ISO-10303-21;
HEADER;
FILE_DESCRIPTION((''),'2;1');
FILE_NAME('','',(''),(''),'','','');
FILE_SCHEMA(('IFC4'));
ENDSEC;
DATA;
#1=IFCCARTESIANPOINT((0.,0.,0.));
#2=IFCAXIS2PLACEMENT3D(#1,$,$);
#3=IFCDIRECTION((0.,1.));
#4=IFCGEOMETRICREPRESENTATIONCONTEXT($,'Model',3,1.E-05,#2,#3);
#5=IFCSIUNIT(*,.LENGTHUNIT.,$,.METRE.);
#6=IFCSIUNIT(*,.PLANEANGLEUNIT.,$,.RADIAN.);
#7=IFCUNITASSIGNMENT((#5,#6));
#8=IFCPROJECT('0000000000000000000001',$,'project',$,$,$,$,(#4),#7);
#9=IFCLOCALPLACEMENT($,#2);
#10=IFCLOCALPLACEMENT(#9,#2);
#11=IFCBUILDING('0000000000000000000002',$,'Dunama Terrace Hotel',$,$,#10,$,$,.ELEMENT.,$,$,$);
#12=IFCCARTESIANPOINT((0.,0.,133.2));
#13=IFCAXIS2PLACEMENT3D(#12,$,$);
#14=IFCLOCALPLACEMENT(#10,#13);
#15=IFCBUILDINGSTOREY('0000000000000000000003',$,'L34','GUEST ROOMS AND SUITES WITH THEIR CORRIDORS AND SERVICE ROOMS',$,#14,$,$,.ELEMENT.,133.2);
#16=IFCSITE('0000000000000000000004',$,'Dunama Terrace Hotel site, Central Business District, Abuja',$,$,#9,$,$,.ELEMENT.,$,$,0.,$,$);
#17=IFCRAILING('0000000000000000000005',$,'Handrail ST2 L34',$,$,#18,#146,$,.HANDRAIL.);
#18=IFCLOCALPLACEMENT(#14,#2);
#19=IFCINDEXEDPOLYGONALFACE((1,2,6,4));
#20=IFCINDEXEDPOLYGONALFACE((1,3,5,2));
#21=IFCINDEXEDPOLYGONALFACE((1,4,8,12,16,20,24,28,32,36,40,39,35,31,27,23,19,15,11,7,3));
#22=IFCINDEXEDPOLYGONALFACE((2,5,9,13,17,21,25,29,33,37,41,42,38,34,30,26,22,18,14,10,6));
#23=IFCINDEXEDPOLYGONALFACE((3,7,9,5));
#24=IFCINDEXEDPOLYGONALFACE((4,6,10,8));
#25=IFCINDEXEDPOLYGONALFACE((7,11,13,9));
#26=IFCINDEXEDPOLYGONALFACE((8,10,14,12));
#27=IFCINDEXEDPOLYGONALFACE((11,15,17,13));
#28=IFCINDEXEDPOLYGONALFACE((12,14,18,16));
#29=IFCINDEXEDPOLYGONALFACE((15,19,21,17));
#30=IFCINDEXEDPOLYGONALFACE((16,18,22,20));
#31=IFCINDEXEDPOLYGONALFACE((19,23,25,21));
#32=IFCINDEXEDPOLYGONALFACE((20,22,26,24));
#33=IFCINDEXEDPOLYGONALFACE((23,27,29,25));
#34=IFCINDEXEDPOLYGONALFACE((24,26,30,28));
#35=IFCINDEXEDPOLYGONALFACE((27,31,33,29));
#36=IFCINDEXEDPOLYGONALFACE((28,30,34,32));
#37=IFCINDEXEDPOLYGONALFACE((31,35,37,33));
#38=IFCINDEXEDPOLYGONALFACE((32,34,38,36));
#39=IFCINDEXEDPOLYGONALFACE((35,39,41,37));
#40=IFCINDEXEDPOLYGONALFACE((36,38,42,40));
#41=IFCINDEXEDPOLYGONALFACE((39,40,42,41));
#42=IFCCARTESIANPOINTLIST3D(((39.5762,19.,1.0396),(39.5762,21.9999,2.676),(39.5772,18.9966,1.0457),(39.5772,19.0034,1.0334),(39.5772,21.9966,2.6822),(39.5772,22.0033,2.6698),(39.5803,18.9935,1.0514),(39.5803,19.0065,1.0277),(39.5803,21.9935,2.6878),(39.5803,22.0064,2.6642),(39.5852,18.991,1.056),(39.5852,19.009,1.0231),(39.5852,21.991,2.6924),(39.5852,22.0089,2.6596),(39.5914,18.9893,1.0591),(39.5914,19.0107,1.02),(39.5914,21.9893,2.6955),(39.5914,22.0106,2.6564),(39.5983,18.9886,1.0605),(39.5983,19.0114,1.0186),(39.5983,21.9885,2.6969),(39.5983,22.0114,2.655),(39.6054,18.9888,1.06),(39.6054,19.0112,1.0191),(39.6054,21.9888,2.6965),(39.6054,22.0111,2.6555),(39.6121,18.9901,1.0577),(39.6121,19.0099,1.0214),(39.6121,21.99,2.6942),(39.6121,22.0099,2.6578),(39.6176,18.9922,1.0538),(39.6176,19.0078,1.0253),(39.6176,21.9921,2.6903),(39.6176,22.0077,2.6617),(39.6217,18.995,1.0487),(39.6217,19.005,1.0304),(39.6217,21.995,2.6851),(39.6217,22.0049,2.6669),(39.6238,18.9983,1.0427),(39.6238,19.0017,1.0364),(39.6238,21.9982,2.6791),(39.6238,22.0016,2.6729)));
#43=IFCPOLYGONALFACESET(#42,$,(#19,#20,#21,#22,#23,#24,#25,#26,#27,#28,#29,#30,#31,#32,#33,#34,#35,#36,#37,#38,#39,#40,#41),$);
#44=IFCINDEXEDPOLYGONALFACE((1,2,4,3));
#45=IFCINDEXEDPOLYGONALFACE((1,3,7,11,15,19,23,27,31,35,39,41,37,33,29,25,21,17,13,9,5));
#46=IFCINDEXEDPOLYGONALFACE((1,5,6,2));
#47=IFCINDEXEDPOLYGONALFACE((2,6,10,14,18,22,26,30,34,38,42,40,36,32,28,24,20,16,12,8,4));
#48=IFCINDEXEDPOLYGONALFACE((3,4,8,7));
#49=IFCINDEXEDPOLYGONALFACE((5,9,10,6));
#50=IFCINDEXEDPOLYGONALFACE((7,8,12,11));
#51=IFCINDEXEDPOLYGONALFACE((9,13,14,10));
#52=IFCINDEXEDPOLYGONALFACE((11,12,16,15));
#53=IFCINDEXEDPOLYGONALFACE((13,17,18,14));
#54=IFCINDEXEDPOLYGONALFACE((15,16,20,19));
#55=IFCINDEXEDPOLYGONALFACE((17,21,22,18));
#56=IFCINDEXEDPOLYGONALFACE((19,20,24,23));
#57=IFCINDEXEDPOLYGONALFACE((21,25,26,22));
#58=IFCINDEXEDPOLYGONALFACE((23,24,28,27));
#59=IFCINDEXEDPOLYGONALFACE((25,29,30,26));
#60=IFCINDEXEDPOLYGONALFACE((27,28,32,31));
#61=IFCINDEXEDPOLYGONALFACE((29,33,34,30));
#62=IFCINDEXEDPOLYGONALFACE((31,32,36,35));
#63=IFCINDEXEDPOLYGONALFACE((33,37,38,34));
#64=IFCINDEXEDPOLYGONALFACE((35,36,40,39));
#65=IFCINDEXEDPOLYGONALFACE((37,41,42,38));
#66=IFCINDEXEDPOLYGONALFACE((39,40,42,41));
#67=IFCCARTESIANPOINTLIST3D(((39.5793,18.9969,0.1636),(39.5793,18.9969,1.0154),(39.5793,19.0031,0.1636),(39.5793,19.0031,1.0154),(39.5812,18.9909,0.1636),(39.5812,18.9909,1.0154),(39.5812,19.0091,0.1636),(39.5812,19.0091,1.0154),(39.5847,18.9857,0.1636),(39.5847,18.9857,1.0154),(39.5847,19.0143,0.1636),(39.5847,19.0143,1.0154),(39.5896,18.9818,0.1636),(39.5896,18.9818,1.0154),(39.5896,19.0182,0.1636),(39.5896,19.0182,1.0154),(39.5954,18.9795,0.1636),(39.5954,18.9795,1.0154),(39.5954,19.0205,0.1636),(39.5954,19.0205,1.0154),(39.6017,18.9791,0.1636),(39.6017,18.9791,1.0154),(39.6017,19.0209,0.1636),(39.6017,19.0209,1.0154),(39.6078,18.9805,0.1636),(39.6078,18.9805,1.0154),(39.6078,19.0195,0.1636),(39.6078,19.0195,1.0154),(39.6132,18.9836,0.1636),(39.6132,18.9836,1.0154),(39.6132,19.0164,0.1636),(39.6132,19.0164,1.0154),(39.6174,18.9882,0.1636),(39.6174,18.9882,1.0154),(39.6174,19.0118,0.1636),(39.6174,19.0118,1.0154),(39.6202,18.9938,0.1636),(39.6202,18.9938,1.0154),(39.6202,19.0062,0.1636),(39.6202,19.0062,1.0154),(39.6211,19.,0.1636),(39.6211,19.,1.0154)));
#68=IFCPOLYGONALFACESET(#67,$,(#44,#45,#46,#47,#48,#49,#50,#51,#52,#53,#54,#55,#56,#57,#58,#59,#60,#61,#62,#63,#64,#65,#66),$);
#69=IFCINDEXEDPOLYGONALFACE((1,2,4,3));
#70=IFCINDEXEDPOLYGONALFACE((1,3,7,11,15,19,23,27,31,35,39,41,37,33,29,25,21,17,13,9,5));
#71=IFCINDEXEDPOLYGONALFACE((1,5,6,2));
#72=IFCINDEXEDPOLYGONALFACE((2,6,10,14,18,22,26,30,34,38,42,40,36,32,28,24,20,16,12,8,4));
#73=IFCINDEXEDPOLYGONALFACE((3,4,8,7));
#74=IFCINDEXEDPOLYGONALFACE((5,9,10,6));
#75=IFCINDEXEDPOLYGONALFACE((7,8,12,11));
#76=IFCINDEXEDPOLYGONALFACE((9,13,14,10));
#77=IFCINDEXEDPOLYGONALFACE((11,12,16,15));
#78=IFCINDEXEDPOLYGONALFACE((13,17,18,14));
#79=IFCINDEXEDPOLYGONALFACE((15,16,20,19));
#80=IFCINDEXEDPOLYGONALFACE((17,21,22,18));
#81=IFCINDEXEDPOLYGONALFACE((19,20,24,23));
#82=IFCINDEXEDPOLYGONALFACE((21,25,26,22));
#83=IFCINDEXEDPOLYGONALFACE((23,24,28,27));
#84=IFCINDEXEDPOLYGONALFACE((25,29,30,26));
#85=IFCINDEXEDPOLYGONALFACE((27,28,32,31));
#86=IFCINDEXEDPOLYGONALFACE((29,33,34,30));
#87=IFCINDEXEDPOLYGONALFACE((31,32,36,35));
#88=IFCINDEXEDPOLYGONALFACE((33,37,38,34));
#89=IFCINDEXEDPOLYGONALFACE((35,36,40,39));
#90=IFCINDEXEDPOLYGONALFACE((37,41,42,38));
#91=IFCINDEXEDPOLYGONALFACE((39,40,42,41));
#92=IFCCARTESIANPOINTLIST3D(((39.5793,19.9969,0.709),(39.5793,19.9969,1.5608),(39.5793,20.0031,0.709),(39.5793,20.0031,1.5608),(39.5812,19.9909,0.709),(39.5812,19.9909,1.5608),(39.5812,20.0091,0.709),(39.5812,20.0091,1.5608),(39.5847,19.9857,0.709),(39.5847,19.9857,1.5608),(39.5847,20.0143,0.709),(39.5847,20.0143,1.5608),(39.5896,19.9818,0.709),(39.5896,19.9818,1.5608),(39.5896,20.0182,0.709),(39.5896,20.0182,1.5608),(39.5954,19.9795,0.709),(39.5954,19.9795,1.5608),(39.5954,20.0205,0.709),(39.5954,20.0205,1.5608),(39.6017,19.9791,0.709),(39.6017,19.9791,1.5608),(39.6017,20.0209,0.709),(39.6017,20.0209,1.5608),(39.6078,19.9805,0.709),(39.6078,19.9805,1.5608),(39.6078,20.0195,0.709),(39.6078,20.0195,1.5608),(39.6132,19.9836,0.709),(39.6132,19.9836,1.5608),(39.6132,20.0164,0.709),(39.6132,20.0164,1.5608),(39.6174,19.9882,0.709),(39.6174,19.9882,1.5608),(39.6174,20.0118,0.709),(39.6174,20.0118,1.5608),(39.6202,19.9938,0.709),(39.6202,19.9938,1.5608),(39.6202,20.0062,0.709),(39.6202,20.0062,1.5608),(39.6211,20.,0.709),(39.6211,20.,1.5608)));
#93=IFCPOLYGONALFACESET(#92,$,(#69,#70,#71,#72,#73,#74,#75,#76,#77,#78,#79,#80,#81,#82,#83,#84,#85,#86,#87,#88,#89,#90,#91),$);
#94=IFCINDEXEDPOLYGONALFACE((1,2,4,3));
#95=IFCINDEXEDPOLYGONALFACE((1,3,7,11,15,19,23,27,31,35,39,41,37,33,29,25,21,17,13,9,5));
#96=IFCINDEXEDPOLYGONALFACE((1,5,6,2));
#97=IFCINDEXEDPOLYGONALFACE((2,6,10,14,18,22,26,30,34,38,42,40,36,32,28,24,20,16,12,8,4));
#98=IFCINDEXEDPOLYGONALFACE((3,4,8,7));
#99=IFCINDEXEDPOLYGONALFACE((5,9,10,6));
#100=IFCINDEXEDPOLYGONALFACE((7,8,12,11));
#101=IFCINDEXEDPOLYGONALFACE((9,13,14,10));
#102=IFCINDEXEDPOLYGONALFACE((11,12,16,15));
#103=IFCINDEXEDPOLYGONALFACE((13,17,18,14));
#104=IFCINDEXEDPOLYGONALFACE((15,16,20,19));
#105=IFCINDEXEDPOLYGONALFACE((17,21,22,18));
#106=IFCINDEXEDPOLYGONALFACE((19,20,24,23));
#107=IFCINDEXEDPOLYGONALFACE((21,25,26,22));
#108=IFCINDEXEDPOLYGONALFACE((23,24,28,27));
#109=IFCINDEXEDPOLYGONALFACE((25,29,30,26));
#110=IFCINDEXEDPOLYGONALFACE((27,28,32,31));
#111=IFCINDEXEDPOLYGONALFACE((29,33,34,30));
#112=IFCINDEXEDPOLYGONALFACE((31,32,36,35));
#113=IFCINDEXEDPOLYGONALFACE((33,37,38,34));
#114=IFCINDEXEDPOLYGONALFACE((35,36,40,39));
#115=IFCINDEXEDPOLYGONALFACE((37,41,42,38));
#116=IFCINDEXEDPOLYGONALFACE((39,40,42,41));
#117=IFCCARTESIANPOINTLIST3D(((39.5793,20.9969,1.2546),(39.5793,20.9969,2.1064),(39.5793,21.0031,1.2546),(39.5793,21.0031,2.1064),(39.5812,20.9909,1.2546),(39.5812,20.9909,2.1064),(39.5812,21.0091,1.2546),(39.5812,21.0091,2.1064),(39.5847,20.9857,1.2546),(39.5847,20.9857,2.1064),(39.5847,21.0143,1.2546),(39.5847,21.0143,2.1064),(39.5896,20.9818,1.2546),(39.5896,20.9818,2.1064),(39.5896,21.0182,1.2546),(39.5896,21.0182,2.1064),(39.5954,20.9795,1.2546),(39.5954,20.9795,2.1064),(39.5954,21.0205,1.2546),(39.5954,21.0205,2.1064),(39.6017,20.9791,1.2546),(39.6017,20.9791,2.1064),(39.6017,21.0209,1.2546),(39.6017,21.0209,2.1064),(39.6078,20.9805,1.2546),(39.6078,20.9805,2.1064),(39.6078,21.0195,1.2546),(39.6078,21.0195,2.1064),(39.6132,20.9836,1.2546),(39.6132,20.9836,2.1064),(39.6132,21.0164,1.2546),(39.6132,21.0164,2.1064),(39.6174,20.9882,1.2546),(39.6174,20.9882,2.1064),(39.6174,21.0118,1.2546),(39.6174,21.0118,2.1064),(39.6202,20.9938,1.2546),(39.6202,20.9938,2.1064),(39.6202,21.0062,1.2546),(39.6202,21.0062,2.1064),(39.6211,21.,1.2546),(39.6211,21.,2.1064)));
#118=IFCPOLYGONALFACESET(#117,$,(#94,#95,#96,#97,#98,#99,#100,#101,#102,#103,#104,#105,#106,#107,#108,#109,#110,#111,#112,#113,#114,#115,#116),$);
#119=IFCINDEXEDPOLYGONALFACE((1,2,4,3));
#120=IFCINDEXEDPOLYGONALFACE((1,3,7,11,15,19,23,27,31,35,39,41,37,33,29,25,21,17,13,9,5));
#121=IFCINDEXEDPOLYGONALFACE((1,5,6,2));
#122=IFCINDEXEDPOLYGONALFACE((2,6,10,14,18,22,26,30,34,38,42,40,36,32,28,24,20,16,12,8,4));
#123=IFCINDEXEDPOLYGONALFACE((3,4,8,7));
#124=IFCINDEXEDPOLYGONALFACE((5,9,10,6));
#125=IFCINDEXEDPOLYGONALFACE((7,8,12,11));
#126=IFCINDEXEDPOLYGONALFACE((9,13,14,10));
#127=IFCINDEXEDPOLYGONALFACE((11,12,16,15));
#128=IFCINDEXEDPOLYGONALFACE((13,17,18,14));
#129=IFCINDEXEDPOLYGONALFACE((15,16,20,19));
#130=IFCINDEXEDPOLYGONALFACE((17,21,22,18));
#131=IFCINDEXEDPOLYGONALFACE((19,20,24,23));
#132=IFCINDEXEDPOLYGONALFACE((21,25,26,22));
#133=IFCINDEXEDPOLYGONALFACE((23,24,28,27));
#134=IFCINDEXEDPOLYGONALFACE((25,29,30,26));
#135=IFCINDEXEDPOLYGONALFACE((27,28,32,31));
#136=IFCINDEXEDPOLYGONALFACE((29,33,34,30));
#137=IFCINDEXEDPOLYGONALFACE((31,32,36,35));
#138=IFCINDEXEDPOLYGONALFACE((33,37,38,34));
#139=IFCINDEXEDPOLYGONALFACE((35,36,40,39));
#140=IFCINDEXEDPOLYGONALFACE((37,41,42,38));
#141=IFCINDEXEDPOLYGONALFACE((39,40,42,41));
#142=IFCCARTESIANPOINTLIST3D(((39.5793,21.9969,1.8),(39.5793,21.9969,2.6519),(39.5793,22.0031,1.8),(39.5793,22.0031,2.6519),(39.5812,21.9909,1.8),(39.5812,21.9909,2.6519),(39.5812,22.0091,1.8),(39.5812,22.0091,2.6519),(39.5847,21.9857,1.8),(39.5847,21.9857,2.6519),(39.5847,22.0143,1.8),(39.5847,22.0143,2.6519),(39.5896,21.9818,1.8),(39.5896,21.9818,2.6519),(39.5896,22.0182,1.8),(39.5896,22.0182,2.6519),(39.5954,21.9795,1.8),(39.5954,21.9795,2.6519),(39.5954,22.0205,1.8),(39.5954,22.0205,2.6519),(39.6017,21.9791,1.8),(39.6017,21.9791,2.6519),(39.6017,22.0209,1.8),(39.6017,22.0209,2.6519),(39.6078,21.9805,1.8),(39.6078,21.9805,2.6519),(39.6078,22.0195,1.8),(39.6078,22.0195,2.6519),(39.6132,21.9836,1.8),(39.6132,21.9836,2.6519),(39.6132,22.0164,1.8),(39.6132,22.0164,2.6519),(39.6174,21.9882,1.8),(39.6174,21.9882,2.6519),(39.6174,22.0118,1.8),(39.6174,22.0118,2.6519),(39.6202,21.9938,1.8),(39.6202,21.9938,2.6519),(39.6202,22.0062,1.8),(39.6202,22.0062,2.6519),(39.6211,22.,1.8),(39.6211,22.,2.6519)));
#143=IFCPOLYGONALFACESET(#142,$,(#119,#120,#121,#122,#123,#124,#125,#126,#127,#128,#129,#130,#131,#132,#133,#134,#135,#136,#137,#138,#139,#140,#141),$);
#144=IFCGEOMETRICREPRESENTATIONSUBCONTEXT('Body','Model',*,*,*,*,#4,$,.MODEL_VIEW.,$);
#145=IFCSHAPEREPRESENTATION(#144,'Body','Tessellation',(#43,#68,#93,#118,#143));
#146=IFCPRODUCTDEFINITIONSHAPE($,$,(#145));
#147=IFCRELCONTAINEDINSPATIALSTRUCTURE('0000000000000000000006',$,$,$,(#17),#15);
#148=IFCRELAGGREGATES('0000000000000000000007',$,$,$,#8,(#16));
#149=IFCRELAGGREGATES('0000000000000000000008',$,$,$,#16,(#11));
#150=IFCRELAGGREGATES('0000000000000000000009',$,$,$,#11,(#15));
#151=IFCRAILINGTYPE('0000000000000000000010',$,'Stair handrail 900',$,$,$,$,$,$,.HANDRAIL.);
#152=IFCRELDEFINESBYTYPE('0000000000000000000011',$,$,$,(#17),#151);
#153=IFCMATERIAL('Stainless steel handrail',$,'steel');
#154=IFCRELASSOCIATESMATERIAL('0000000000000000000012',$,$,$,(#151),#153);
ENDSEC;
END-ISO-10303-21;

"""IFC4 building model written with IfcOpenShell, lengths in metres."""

from ifc_helpers import new_model, si_unit, direction, frame, origin, origin_2d, place, context, subcontext, project, spatial, circle, extrude, material, type_object, element, save


model = new_model("IFC4")

# Units and contexts
model_context = context("Model", 3, precision=1e-05, world=origin(), true_north=direction((0.0, 1.0)))
body_context = subcontext(model_context, "Body", "Model", "MODEL_VIEW")
ifc_project = project(units=[si_unit("LENGTHUNIT", "METRE"), si_unit("PLANEANGLEUNIT", "RADIAN")], contexts=[model_context])

# Site, building, storey
site_placement = place(None, origin())
site = spatial("IfcSite", under=ifc_project, at=site_placement, Name="Dunama Terrace Hotel site, Central Business District, Abuja", CompositionType="ELEMENT", RefElevation=0.0)
building_placement = place(site_placement, origin())
building = spatial("IfcBuilding", under=site, at=building_placement, Name="Dunama Terrace Hotel", CompositionType="ELEMENT")
storey_placement = place(building_placement, frame((0.0, 0.0, 133.2)))
storey = spatial("IfcBuildingStorey", under=building, at=storey_placement, Name="L34", Description="GUEST ROOMS AND SUITES WITH THEIR CORRIDORS AND SERVICE ROOMS", CompositionType="ELEMENT", Elevation=133.2)

# Railing
ifc_material_1 = material(Name="Stainless steel handrail", Category="steel")
railing_type = type_object("IfcRailingType", Name="Stair handrail 900", PredefinedType="HANDRAIL", material=ifc_material_1)
railing_1_placement = place(storey_placement, frame((39.6001, 19.0, 0.1636)))
element("IfcRailing", 1, at=railing_1_placement, inside=storey, type_object=railing_type, Name="Handrail ST2 L34", PredefinedType="HANDRAIL", context=body_context, shape_type="SweptSolid", body=[
    extrude(circle(Radius=0.0239, at=origin_2d()), frame((0.0, 0.0, 0.876), z_axis=(0.0, 0.877882, 0.478877), x_axis=(-1.0, 0.0, 0.0)), (0.0, 0.0, 1.0), 3.4172),
    extrude(circle(Radius=0.021, at=origin_2d()), origin(), (0.0, 0.0, 1.0), 0.8518),
    extrude(circle(Radius=0.021, at=origin_2d()), frame((0.0, 1.0, 0.5454)), (0.0, 0.0, 1.0), 0.8518),
    extrude(circle(Radius=0.021, at=origin_2d()), frame((0.0, 2.0, 1.0911)), (0.0, 0.0, 1.0), 0.8518),
    extrude(circle(Radius=0.021, at=origin_2d()), frame((0.0, 3.0, 1.6365)), (0.0, 0.0, 1.0), 0.8518),
])

save(model, "model.ifc")
